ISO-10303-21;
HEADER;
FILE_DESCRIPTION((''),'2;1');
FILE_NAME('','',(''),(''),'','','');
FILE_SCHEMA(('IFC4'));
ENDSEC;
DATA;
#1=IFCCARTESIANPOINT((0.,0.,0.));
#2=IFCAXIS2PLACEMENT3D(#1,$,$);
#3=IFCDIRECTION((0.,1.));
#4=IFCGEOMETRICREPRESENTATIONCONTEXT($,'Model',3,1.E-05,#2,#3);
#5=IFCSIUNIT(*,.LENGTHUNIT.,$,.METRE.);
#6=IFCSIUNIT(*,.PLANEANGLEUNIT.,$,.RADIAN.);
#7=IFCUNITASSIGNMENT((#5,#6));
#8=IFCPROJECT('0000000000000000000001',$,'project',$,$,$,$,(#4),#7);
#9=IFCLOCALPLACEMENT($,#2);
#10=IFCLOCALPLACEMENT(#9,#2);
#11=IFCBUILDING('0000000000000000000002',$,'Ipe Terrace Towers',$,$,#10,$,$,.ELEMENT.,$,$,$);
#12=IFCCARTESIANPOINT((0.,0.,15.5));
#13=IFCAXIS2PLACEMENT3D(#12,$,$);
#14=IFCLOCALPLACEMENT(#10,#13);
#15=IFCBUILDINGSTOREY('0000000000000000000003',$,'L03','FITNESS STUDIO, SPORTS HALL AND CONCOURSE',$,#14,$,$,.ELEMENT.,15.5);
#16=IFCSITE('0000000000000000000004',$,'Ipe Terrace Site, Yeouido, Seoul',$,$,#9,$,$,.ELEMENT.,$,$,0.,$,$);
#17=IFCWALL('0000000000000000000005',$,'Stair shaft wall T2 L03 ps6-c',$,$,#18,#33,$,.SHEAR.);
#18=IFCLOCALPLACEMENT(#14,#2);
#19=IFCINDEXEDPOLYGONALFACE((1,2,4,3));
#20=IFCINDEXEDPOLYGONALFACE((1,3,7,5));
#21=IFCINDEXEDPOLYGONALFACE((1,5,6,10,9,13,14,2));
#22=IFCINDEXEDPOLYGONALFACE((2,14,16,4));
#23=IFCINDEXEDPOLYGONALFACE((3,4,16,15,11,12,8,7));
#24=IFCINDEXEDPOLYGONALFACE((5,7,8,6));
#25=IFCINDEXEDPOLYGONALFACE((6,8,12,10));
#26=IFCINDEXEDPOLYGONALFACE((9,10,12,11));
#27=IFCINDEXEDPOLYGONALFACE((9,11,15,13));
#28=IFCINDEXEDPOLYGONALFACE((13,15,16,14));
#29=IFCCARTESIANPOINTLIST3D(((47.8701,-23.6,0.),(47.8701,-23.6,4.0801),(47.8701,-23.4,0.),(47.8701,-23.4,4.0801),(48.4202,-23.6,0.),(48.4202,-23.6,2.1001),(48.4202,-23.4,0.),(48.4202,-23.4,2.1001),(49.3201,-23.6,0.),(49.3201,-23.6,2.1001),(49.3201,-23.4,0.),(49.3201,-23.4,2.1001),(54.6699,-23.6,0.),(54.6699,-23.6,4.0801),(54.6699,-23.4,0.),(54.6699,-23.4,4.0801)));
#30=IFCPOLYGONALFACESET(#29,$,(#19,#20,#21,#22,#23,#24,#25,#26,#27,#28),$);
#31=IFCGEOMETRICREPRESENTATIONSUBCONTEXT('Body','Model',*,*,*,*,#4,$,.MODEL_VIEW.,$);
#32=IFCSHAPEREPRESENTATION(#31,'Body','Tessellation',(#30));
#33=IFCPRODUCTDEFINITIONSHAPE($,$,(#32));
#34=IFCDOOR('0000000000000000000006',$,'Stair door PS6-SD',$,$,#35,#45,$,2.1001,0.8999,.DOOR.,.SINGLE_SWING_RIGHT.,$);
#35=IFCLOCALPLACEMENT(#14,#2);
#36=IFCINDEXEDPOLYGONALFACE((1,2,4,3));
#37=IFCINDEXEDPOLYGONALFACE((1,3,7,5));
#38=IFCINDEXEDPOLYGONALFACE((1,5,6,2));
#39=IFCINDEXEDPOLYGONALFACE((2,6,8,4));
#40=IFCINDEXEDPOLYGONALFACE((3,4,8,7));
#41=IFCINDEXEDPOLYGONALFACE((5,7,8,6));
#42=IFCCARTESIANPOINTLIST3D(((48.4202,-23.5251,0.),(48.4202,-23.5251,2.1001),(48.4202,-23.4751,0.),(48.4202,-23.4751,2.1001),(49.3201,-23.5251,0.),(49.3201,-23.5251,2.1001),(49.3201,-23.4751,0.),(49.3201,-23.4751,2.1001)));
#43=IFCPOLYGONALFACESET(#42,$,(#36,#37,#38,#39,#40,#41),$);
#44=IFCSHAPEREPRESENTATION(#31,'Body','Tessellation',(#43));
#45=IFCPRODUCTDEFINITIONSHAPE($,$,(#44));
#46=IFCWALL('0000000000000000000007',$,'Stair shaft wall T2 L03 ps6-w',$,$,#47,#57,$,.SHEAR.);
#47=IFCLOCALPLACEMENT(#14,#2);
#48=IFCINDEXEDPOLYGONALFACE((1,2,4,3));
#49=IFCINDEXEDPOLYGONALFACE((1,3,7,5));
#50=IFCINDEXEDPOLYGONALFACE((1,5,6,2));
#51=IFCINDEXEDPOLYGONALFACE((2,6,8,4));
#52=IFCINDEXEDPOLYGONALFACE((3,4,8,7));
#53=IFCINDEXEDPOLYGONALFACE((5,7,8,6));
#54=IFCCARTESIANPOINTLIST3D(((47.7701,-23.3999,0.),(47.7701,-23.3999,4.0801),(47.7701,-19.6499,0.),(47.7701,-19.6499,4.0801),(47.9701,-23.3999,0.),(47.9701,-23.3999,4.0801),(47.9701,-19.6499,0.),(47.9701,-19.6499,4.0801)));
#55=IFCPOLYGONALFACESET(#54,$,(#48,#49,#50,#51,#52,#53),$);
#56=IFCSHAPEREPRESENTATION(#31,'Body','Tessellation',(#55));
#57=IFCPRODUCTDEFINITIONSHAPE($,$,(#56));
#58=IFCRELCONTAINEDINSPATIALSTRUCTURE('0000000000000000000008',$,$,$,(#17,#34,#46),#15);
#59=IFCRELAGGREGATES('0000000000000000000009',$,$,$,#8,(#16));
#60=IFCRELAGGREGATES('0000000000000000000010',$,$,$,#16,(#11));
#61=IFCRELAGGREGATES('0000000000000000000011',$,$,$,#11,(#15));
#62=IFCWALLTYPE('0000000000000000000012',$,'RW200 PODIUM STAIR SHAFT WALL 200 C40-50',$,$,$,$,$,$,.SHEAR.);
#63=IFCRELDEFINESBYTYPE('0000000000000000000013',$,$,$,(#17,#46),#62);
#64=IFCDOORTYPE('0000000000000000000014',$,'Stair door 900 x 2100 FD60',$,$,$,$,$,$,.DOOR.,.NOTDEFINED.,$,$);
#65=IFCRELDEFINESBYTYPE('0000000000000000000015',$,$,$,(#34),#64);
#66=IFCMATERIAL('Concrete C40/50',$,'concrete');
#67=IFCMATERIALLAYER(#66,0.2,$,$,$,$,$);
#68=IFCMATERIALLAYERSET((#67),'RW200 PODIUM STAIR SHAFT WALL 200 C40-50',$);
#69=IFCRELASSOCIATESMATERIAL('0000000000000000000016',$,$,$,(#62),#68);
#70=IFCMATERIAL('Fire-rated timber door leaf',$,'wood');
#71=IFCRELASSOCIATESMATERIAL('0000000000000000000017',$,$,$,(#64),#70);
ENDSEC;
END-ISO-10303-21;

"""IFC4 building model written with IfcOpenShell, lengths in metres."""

from ifc_helpers import new_model, si_unit, direction, frame, frame_2d, origin, place, context, subcontext, project, spatial, rectangle, extrude, material, layer, layer_set, type_object, element, fill, save


model = new_model("IFC4")

# Units and contexts
model_context = context("Model", 3, precision=1e-05, world=origin(), true_north=direction((0.0, 1.0)))
body_context = subcontext(model_context, "Body", "Model", "MODEL_VIEW")
ifc_project = project(units=[si_unit("LENGTHUNIT", "METRE"), si_unit("PLANEANGLEUNIT", "RADIAN")], contexts=[model_context])

# Site, building, storey
site_placement = place(None, origin())
site = spatial("IfcSite", under=ifc_project, at=site_placement, Name="Ipe Terrace Site, Yeouido, Seoul", CompositionType="ELEMENT", RefElevation=0.0)
building_placement = place(site_placement, origin())
building = spatial("IfcBuilding", under=site, at=building_placement, Name="Ipe Terrace Towers", CompositionType="ELEMENT")
storey_placement = place(building_placement, frame((0.0, 0.0, 15.5)))
storey = spatial("IfcBuildingStorey", under=building, at=storey_placement, Name="L03", Description="FITNESS STUDIO, SPORTS HALL AND CONCOURSE", CompositionType="ELEMENT", Elevation=15.5)

# Wall, opening, door
ifc_material_1 = material(Name="Concrete C40/50", Category="concrete")
ifc_layer_1 = layer(ifc_material_1, 0.2)
ifc_layer_set_1 = layer_set([ifc_layer_1], Name="RW200 PODIUM STAIR SHAFT WALL 200 C40-50")
wall_type_1 = type_object("IfcWallType", Name="RW200 PODIUM STAIR SHAFT WALL 200 C40-50", PredefinedType="SHEAR", material=ifc_layer_set_1)
wall_1_placement = place(storey_placement, frame((47.8701, -23.5, 0.0), z_axis=(0.0, 0.0, 1.0), x_axis=(1.0, 0.0, 0.0)))
wall_1 = element("IfcWall", 1, at=wall_1_placement, inside=storey, type_object=wall_type_1, Name="Stair shaft wall T2 L03 ps6-c", PredefinedType="SHEAR", context=body_context, shape_type="SweptSolid", body=[
    extrude(rectangle(XDim=6.7998, YDim=0.2, at=frame_2d((3.3999, 0.0))), origin(), (0.0, 0.0, 1.0), 4.0801),
])
opening_1_placement = place(wall_1_placement, frame((0.55, 0.0, 0.0)))
opening_1 = element("IfcOpeningElement", 2, at=opening_1_placement, cuts=wall_1, PredefinedType="OPENING", context=body_context, shape_type="SweptSolid", body=[
    extrude(rectangle(XDim=0.8999, YDim=2.1001, at=frame_2d((0.45, 1.05))), frame((0.0, 0.1099, 0.0), z_axis=(0.0, -1.0, 0.0), x_axis=(1.0, 0.0, 0.0)), (0.0, 0.0, 1.0), 0.22),
])
ifc_material_2 = material(Name="Fire-rated timber door leaf", Category="wood")
door_type_1 = type_object("IfcDoorType", Name="Stair door 900 x 2100 FD60", OperationType="NOTDEFINED", PredefinedType="DOOR", material=ifc_material_2)
door_1_placement = place(opening_1_placement, origin())
door_1 = element("IfcDoor", 3, at=door_1_placement, inside=storey, type_object=door_type_1, Name="Stair door PS6-SD", OperationType="SINGLE_SWING_RIGHT", OverallHeight=2.1001, OverallWidth=0.8999, PredefinedType="DOOR", context=body_context, shape_type="SweptSolid", body=[
    extrude(rectangle(XDim=0.8999, YDim=2.1001, at=frame_2d((0.45, 1.05))), frame((0.0, 0.0249, 0.0), z_axis=(0.0, -1.0, 0.0), x_axis=(1.0, 0.0, 0.0)), (0.0, 0.0, 1.0), 0.05),
])
fill(opening_1, door_1)

# Wall
wall_2_placement = place(storey_placement, frame((47.8701, -23.3999, 0.0), z_axis=(0.0, 0.0, 1.0), x_axis=(0.0, 1.0, 0.0)))
element("IfcWall", 4, at=wall_2_placement, inside=storey, type_object=wall_type_1, Name="Stair shaft wall T2 L03 ps6-w", PredefinedType="SHEAR", context=body_context, shape_type="SweptSolid", body=[
    extrude(rectangle(XDim=3.75, YDim=0.2, at=frame_2d((1.875, 0.0))), origin(), (0.0, 0.0, 1.0), 4.0801),
])

save(model, "model.ifc")
